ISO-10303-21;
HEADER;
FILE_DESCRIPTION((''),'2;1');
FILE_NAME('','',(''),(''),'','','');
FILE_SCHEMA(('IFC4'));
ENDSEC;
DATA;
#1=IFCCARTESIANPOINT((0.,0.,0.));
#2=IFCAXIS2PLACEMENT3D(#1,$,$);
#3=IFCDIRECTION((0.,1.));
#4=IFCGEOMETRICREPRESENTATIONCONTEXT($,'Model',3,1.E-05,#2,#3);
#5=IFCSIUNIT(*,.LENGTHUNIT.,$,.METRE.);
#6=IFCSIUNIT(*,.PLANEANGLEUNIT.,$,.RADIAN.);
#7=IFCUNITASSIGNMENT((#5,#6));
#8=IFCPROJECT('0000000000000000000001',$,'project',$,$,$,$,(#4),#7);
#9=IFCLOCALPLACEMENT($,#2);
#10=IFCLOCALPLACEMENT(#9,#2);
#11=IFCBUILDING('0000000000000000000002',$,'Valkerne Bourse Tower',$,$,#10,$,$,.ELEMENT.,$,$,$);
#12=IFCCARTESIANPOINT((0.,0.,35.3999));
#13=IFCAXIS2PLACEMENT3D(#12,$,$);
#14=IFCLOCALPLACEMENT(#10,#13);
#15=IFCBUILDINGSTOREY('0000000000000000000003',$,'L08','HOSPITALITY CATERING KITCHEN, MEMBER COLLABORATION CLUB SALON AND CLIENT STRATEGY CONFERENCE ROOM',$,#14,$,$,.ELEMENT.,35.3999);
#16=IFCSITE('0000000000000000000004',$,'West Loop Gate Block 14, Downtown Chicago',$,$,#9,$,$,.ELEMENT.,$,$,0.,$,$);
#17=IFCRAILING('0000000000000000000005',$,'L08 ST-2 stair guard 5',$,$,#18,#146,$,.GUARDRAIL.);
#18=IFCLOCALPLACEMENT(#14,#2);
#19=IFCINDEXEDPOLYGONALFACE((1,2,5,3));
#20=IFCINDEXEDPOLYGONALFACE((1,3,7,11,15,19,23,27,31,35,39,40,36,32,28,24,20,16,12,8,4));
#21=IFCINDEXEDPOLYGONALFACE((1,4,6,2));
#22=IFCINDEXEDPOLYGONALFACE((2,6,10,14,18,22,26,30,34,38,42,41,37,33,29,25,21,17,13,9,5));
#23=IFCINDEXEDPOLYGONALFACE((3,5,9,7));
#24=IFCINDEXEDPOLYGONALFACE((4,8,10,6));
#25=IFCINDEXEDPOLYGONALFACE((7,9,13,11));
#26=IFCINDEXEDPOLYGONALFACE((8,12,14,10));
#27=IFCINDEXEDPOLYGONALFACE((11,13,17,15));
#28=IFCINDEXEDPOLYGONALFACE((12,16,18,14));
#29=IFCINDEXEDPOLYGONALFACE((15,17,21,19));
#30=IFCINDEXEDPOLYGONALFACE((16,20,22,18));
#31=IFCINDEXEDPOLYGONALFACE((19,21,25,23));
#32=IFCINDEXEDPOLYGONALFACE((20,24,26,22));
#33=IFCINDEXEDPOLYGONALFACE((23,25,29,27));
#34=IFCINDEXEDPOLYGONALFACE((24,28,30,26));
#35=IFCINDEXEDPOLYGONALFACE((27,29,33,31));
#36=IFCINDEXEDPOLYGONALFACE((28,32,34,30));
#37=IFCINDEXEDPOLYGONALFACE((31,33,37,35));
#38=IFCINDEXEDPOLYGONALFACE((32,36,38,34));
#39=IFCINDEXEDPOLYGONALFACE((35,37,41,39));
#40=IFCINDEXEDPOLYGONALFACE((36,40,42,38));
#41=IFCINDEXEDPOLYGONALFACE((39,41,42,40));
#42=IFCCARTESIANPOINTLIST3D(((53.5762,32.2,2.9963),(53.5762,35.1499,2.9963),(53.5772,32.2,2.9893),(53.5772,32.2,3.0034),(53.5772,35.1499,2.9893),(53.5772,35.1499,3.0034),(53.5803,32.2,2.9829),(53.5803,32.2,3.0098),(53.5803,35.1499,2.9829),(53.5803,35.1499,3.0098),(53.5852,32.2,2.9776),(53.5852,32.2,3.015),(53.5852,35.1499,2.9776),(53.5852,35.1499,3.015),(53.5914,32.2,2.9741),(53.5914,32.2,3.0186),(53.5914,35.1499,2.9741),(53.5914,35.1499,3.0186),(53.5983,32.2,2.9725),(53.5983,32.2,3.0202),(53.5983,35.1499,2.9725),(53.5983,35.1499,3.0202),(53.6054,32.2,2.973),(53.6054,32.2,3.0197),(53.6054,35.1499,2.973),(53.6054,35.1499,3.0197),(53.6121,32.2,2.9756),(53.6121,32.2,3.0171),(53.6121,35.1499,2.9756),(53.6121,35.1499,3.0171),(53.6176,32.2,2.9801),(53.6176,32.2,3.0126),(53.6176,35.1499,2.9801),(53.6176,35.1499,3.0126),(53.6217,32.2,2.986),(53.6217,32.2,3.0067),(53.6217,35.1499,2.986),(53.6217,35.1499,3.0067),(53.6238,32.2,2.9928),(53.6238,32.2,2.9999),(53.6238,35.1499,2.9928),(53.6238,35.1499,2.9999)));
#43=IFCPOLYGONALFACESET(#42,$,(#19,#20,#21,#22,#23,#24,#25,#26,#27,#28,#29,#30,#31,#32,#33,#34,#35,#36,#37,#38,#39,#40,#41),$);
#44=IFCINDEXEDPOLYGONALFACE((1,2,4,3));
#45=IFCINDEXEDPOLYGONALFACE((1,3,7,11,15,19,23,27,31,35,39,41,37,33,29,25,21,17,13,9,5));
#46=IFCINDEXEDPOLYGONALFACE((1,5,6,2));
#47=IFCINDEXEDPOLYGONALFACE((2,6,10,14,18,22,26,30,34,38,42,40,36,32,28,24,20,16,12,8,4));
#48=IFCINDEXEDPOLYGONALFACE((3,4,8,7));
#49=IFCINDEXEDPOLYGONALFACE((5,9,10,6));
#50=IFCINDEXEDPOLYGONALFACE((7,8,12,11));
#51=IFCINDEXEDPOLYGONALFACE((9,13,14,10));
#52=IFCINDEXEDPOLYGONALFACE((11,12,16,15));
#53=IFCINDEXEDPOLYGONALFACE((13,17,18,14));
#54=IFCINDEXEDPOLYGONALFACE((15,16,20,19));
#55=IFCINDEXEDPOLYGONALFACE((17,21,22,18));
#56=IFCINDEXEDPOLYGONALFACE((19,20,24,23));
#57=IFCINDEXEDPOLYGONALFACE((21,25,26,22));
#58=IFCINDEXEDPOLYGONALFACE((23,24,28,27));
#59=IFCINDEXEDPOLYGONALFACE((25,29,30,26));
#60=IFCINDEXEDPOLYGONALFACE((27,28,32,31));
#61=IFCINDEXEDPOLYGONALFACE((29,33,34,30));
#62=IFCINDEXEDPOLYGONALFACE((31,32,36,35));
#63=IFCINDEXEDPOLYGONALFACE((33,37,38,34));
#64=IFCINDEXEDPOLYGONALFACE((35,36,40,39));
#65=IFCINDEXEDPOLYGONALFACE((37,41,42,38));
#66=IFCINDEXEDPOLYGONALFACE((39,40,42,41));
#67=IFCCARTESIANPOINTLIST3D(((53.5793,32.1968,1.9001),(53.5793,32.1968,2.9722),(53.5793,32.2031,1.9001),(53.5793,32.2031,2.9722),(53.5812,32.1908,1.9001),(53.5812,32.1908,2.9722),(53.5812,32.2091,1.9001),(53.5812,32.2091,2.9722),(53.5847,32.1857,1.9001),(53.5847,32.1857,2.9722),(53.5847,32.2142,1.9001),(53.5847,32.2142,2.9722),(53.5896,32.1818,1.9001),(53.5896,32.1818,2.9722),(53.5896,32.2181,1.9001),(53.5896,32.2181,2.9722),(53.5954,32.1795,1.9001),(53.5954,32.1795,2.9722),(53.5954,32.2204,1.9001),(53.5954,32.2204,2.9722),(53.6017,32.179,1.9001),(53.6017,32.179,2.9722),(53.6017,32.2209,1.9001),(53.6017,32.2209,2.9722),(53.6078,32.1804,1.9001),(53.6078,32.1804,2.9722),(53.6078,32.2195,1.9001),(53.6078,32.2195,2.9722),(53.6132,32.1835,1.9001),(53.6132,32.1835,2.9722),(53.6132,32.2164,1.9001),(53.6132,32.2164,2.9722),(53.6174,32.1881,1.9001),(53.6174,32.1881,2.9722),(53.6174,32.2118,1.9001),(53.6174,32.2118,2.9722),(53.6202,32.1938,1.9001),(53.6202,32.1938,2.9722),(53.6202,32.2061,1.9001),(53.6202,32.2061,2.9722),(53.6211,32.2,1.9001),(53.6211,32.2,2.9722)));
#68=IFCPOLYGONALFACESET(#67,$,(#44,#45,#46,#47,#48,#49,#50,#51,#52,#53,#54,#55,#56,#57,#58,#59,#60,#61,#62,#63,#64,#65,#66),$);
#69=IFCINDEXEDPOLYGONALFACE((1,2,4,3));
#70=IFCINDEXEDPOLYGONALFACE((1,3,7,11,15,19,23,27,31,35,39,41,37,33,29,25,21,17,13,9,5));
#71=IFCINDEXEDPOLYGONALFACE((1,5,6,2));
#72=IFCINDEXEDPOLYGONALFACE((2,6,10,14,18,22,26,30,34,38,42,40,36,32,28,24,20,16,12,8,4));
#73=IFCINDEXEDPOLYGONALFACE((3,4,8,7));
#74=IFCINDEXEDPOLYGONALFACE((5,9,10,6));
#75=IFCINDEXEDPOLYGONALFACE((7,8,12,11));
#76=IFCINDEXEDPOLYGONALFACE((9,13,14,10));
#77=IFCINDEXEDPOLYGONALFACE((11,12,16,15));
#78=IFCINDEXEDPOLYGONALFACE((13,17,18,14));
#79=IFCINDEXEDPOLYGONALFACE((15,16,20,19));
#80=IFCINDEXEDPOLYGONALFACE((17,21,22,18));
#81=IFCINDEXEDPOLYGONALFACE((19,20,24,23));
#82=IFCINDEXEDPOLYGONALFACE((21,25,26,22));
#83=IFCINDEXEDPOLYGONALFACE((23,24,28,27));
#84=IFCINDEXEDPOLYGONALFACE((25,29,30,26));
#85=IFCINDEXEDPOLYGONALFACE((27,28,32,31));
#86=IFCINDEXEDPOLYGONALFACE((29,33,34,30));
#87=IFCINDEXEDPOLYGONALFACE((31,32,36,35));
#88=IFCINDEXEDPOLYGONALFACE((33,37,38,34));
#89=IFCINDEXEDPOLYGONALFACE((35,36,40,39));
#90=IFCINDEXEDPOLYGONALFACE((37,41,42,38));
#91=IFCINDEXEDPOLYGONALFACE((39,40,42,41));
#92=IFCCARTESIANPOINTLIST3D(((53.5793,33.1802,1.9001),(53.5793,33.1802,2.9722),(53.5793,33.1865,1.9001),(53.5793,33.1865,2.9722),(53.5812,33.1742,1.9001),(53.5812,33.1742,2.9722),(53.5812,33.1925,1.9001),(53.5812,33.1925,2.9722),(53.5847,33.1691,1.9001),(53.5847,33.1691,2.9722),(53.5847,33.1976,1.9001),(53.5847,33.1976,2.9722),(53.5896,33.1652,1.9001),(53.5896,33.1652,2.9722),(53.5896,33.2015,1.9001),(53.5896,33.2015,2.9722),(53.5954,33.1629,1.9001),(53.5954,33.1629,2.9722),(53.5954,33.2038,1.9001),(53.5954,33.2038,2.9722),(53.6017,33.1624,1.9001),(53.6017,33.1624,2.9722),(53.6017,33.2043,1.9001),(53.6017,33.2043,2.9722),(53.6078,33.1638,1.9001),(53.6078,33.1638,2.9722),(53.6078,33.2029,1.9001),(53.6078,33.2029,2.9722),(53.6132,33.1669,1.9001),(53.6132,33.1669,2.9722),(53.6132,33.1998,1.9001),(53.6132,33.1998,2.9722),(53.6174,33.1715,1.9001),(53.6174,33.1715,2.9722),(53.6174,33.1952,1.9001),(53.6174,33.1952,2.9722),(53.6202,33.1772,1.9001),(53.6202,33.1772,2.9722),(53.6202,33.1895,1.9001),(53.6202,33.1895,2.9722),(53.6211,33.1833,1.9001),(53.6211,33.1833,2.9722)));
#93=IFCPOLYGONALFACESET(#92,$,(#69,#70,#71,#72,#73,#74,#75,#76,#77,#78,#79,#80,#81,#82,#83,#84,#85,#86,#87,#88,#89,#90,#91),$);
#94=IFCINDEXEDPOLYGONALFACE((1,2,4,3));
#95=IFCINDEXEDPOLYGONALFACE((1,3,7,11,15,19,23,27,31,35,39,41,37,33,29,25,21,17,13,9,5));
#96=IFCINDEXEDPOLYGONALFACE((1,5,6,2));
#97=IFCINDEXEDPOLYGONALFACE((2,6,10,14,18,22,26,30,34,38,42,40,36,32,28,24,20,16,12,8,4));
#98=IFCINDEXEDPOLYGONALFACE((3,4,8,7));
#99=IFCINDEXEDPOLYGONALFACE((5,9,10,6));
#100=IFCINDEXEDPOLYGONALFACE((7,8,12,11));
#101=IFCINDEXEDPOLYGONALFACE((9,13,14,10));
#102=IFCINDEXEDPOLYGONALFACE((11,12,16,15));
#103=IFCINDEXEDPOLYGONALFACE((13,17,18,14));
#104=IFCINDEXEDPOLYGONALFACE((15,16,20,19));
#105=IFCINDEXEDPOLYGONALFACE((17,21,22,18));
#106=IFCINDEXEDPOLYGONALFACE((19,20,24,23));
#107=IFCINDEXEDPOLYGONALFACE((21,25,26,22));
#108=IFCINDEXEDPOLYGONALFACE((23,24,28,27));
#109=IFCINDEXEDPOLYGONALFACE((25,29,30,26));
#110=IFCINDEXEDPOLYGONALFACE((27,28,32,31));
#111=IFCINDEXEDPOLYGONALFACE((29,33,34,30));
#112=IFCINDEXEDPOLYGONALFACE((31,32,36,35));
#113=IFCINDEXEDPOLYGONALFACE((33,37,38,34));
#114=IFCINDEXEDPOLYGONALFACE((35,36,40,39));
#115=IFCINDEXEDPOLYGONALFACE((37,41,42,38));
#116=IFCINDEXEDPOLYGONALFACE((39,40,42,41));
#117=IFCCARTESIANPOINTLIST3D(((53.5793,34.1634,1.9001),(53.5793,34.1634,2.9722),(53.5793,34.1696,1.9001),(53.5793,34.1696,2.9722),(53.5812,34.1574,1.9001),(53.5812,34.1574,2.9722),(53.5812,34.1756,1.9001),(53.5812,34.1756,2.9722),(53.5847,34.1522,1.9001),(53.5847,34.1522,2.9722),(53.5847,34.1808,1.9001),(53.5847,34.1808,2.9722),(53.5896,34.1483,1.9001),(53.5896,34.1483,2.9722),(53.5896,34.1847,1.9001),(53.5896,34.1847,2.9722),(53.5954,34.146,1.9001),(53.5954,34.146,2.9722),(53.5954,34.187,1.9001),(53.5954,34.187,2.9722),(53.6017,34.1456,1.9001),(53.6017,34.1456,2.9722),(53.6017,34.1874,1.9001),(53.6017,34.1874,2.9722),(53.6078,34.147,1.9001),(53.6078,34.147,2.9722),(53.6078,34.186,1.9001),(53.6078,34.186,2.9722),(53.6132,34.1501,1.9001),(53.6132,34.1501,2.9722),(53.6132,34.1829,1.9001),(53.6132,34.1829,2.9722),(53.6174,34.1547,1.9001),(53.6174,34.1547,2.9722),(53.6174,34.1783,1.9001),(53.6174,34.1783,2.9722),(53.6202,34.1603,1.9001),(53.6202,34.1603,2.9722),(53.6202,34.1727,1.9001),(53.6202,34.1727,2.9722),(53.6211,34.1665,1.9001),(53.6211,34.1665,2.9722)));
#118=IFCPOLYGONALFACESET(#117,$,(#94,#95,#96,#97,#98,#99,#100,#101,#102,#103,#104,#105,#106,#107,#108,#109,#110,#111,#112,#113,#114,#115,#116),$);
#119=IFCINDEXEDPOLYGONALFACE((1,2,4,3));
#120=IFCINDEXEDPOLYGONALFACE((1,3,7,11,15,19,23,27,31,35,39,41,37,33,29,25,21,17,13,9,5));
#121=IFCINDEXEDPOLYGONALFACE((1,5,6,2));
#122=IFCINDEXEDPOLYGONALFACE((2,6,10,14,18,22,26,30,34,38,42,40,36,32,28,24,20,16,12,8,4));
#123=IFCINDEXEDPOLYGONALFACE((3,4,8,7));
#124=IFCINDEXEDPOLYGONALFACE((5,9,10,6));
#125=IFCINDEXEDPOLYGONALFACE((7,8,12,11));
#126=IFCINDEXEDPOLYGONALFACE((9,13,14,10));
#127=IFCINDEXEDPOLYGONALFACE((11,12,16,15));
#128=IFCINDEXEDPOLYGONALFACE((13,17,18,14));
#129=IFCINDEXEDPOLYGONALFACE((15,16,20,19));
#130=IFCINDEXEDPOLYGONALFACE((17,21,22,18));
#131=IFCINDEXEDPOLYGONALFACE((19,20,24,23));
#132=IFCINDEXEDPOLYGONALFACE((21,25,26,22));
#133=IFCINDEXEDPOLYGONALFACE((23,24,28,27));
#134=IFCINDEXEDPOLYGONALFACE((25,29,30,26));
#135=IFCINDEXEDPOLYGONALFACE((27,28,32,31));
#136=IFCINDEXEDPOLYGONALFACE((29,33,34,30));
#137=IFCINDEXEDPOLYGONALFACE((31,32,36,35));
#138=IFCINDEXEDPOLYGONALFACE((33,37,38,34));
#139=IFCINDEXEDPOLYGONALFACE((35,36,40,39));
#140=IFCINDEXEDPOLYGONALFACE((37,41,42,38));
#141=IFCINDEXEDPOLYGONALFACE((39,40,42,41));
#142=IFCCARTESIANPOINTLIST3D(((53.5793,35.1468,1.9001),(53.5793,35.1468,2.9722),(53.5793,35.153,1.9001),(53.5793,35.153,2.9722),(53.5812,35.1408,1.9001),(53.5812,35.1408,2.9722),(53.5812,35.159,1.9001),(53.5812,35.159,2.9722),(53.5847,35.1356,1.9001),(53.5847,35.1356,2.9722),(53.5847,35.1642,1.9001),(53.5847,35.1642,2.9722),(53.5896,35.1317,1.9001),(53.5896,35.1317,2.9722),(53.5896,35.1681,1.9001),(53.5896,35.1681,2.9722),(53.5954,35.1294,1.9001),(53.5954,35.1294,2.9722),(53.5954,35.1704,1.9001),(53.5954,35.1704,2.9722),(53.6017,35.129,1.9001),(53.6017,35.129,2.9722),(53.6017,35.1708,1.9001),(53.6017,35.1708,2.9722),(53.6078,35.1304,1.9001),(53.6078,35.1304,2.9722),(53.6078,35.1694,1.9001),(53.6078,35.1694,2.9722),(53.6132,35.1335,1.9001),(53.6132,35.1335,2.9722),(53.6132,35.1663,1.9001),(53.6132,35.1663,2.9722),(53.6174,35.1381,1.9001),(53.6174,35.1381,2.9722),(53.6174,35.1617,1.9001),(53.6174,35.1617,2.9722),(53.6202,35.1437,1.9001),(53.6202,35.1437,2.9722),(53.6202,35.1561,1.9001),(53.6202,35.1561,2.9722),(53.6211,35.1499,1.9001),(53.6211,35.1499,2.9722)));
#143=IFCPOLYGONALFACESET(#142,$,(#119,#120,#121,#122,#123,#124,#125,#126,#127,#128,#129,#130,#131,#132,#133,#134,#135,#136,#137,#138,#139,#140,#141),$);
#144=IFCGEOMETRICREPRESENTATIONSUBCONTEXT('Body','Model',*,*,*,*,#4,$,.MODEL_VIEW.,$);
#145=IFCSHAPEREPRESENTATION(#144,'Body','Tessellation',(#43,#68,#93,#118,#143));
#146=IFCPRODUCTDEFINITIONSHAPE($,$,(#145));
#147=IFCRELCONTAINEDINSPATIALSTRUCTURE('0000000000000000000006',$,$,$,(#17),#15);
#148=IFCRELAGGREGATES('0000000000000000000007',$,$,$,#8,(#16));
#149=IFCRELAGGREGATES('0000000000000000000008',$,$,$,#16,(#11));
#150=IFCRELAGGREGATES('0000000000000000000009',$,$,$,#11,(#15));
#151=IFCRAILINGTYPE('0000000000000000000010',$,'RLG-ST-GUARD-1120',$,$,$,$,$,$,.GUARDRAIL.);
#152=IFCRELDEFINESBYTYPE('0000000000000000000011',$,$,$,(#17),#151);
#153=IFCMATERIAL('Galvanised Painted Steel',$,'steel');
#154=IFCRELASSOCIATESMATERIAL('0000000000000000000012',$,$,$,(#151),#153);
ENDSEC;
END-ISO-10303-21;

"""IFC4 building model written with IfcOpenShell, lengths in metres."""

from ifc_helpers import new_model, si_unit, direction, frame, origin, origin_2d, place, context, subcontext, project, spatial, circle, extrude, material, type_object, element, save


model = new_model("IFC4")

# Units and contexts
model_context = context("Model", 3, precision=1e-05, world=origin(), true_north=direction((0.0, 1.0)))
body_context = subcontext(model_context, "Body", "Model", "MODEL_VIEW")
ifc_project = project(units=[si_unit("LENGTHUNIT", "METRE"), si_unit("PLANEANGLEUNIT", "RADIAN")], contexts=[model_context])

# Site, building, storey
site_placement = place(None, origin())
site = spatial("IfcSite", under=ifc_project, at=site_placement, Name="West Loop Gate Block 14, Downtown Chicago", CompositionType="ELEMENT", RefElevation=0.0)
building_placement = place(site_placement, origin())
building = spatial("IfcBuilding", under=site, at=building_placement, Name="Valkerne Bourse Tower", CompositionType="ELEMENT")
storey_placement = place(building_placement, frame((0.0, 0.0, 35.3999)))
storey = spatial("IfcBuildingStorey", under=building, at=storey_placement, Name="L08", Description="HOSPITALITY CATERING KITCHEN, MEMBER COLLABORATION CLUB SALON AND CLIENT STRATEGY CONFERENCE ROOM", CompositionType="ELEMENT", Elevation=35.3999)

# Railing
ifc_material_1 = material(Name="Galvanised Painted Steel", Category="steel")
railing_type_1 = type_object("IfcRailingType", Name="RLG-ST-GUARD-1120", PredefinedType="GUARDRAIL", material=ifc_material_1)
railing_1_placement = place(storey_placement, frame((53.6001, 32.2, 1.9001)))
element("IfcRailing", 1, at=railing_1_placement, inside=storey, type_object=railing_type_1, Name="L08 ST-2 stair guard 5", PredefinedType="GUARDRAIL", context=body_context, shape_type="SweptSolid", body=[
    extrude(circle(Radius=0.0239, at=origin_2d()), frame((0.0, 0.0, 1.0962), z_axis=(0.0, 1.0, 0.0), x_axis=(-1.0, 0.0, 0.0)), (0.0, 0.0, 1.0), 2.95),
    extrude(circle(Radius=0.021, at=origin_2d()), origin(), (0.0, 0.0, 1.0), 1.072),
    extrude(circle(Radius=0.021, at=origin_2d()), frame((0.0, 0.9834, 0.0)), (0.0, 0.0, 1.0), 1.072),
    extrude(circle(Radius=0.021, at=origin_2d()), frame((0.0, 1.9666, 0.0)), (0.0, 0.0, 1.0), 1.072),
    extrude(circle(Radius=0.021, at=origin_2d()), frame((0.0, 2.95, 0.0)), (0.0, 0.0, 1.0), 1.072),
])

save(model, "model.ifc")
